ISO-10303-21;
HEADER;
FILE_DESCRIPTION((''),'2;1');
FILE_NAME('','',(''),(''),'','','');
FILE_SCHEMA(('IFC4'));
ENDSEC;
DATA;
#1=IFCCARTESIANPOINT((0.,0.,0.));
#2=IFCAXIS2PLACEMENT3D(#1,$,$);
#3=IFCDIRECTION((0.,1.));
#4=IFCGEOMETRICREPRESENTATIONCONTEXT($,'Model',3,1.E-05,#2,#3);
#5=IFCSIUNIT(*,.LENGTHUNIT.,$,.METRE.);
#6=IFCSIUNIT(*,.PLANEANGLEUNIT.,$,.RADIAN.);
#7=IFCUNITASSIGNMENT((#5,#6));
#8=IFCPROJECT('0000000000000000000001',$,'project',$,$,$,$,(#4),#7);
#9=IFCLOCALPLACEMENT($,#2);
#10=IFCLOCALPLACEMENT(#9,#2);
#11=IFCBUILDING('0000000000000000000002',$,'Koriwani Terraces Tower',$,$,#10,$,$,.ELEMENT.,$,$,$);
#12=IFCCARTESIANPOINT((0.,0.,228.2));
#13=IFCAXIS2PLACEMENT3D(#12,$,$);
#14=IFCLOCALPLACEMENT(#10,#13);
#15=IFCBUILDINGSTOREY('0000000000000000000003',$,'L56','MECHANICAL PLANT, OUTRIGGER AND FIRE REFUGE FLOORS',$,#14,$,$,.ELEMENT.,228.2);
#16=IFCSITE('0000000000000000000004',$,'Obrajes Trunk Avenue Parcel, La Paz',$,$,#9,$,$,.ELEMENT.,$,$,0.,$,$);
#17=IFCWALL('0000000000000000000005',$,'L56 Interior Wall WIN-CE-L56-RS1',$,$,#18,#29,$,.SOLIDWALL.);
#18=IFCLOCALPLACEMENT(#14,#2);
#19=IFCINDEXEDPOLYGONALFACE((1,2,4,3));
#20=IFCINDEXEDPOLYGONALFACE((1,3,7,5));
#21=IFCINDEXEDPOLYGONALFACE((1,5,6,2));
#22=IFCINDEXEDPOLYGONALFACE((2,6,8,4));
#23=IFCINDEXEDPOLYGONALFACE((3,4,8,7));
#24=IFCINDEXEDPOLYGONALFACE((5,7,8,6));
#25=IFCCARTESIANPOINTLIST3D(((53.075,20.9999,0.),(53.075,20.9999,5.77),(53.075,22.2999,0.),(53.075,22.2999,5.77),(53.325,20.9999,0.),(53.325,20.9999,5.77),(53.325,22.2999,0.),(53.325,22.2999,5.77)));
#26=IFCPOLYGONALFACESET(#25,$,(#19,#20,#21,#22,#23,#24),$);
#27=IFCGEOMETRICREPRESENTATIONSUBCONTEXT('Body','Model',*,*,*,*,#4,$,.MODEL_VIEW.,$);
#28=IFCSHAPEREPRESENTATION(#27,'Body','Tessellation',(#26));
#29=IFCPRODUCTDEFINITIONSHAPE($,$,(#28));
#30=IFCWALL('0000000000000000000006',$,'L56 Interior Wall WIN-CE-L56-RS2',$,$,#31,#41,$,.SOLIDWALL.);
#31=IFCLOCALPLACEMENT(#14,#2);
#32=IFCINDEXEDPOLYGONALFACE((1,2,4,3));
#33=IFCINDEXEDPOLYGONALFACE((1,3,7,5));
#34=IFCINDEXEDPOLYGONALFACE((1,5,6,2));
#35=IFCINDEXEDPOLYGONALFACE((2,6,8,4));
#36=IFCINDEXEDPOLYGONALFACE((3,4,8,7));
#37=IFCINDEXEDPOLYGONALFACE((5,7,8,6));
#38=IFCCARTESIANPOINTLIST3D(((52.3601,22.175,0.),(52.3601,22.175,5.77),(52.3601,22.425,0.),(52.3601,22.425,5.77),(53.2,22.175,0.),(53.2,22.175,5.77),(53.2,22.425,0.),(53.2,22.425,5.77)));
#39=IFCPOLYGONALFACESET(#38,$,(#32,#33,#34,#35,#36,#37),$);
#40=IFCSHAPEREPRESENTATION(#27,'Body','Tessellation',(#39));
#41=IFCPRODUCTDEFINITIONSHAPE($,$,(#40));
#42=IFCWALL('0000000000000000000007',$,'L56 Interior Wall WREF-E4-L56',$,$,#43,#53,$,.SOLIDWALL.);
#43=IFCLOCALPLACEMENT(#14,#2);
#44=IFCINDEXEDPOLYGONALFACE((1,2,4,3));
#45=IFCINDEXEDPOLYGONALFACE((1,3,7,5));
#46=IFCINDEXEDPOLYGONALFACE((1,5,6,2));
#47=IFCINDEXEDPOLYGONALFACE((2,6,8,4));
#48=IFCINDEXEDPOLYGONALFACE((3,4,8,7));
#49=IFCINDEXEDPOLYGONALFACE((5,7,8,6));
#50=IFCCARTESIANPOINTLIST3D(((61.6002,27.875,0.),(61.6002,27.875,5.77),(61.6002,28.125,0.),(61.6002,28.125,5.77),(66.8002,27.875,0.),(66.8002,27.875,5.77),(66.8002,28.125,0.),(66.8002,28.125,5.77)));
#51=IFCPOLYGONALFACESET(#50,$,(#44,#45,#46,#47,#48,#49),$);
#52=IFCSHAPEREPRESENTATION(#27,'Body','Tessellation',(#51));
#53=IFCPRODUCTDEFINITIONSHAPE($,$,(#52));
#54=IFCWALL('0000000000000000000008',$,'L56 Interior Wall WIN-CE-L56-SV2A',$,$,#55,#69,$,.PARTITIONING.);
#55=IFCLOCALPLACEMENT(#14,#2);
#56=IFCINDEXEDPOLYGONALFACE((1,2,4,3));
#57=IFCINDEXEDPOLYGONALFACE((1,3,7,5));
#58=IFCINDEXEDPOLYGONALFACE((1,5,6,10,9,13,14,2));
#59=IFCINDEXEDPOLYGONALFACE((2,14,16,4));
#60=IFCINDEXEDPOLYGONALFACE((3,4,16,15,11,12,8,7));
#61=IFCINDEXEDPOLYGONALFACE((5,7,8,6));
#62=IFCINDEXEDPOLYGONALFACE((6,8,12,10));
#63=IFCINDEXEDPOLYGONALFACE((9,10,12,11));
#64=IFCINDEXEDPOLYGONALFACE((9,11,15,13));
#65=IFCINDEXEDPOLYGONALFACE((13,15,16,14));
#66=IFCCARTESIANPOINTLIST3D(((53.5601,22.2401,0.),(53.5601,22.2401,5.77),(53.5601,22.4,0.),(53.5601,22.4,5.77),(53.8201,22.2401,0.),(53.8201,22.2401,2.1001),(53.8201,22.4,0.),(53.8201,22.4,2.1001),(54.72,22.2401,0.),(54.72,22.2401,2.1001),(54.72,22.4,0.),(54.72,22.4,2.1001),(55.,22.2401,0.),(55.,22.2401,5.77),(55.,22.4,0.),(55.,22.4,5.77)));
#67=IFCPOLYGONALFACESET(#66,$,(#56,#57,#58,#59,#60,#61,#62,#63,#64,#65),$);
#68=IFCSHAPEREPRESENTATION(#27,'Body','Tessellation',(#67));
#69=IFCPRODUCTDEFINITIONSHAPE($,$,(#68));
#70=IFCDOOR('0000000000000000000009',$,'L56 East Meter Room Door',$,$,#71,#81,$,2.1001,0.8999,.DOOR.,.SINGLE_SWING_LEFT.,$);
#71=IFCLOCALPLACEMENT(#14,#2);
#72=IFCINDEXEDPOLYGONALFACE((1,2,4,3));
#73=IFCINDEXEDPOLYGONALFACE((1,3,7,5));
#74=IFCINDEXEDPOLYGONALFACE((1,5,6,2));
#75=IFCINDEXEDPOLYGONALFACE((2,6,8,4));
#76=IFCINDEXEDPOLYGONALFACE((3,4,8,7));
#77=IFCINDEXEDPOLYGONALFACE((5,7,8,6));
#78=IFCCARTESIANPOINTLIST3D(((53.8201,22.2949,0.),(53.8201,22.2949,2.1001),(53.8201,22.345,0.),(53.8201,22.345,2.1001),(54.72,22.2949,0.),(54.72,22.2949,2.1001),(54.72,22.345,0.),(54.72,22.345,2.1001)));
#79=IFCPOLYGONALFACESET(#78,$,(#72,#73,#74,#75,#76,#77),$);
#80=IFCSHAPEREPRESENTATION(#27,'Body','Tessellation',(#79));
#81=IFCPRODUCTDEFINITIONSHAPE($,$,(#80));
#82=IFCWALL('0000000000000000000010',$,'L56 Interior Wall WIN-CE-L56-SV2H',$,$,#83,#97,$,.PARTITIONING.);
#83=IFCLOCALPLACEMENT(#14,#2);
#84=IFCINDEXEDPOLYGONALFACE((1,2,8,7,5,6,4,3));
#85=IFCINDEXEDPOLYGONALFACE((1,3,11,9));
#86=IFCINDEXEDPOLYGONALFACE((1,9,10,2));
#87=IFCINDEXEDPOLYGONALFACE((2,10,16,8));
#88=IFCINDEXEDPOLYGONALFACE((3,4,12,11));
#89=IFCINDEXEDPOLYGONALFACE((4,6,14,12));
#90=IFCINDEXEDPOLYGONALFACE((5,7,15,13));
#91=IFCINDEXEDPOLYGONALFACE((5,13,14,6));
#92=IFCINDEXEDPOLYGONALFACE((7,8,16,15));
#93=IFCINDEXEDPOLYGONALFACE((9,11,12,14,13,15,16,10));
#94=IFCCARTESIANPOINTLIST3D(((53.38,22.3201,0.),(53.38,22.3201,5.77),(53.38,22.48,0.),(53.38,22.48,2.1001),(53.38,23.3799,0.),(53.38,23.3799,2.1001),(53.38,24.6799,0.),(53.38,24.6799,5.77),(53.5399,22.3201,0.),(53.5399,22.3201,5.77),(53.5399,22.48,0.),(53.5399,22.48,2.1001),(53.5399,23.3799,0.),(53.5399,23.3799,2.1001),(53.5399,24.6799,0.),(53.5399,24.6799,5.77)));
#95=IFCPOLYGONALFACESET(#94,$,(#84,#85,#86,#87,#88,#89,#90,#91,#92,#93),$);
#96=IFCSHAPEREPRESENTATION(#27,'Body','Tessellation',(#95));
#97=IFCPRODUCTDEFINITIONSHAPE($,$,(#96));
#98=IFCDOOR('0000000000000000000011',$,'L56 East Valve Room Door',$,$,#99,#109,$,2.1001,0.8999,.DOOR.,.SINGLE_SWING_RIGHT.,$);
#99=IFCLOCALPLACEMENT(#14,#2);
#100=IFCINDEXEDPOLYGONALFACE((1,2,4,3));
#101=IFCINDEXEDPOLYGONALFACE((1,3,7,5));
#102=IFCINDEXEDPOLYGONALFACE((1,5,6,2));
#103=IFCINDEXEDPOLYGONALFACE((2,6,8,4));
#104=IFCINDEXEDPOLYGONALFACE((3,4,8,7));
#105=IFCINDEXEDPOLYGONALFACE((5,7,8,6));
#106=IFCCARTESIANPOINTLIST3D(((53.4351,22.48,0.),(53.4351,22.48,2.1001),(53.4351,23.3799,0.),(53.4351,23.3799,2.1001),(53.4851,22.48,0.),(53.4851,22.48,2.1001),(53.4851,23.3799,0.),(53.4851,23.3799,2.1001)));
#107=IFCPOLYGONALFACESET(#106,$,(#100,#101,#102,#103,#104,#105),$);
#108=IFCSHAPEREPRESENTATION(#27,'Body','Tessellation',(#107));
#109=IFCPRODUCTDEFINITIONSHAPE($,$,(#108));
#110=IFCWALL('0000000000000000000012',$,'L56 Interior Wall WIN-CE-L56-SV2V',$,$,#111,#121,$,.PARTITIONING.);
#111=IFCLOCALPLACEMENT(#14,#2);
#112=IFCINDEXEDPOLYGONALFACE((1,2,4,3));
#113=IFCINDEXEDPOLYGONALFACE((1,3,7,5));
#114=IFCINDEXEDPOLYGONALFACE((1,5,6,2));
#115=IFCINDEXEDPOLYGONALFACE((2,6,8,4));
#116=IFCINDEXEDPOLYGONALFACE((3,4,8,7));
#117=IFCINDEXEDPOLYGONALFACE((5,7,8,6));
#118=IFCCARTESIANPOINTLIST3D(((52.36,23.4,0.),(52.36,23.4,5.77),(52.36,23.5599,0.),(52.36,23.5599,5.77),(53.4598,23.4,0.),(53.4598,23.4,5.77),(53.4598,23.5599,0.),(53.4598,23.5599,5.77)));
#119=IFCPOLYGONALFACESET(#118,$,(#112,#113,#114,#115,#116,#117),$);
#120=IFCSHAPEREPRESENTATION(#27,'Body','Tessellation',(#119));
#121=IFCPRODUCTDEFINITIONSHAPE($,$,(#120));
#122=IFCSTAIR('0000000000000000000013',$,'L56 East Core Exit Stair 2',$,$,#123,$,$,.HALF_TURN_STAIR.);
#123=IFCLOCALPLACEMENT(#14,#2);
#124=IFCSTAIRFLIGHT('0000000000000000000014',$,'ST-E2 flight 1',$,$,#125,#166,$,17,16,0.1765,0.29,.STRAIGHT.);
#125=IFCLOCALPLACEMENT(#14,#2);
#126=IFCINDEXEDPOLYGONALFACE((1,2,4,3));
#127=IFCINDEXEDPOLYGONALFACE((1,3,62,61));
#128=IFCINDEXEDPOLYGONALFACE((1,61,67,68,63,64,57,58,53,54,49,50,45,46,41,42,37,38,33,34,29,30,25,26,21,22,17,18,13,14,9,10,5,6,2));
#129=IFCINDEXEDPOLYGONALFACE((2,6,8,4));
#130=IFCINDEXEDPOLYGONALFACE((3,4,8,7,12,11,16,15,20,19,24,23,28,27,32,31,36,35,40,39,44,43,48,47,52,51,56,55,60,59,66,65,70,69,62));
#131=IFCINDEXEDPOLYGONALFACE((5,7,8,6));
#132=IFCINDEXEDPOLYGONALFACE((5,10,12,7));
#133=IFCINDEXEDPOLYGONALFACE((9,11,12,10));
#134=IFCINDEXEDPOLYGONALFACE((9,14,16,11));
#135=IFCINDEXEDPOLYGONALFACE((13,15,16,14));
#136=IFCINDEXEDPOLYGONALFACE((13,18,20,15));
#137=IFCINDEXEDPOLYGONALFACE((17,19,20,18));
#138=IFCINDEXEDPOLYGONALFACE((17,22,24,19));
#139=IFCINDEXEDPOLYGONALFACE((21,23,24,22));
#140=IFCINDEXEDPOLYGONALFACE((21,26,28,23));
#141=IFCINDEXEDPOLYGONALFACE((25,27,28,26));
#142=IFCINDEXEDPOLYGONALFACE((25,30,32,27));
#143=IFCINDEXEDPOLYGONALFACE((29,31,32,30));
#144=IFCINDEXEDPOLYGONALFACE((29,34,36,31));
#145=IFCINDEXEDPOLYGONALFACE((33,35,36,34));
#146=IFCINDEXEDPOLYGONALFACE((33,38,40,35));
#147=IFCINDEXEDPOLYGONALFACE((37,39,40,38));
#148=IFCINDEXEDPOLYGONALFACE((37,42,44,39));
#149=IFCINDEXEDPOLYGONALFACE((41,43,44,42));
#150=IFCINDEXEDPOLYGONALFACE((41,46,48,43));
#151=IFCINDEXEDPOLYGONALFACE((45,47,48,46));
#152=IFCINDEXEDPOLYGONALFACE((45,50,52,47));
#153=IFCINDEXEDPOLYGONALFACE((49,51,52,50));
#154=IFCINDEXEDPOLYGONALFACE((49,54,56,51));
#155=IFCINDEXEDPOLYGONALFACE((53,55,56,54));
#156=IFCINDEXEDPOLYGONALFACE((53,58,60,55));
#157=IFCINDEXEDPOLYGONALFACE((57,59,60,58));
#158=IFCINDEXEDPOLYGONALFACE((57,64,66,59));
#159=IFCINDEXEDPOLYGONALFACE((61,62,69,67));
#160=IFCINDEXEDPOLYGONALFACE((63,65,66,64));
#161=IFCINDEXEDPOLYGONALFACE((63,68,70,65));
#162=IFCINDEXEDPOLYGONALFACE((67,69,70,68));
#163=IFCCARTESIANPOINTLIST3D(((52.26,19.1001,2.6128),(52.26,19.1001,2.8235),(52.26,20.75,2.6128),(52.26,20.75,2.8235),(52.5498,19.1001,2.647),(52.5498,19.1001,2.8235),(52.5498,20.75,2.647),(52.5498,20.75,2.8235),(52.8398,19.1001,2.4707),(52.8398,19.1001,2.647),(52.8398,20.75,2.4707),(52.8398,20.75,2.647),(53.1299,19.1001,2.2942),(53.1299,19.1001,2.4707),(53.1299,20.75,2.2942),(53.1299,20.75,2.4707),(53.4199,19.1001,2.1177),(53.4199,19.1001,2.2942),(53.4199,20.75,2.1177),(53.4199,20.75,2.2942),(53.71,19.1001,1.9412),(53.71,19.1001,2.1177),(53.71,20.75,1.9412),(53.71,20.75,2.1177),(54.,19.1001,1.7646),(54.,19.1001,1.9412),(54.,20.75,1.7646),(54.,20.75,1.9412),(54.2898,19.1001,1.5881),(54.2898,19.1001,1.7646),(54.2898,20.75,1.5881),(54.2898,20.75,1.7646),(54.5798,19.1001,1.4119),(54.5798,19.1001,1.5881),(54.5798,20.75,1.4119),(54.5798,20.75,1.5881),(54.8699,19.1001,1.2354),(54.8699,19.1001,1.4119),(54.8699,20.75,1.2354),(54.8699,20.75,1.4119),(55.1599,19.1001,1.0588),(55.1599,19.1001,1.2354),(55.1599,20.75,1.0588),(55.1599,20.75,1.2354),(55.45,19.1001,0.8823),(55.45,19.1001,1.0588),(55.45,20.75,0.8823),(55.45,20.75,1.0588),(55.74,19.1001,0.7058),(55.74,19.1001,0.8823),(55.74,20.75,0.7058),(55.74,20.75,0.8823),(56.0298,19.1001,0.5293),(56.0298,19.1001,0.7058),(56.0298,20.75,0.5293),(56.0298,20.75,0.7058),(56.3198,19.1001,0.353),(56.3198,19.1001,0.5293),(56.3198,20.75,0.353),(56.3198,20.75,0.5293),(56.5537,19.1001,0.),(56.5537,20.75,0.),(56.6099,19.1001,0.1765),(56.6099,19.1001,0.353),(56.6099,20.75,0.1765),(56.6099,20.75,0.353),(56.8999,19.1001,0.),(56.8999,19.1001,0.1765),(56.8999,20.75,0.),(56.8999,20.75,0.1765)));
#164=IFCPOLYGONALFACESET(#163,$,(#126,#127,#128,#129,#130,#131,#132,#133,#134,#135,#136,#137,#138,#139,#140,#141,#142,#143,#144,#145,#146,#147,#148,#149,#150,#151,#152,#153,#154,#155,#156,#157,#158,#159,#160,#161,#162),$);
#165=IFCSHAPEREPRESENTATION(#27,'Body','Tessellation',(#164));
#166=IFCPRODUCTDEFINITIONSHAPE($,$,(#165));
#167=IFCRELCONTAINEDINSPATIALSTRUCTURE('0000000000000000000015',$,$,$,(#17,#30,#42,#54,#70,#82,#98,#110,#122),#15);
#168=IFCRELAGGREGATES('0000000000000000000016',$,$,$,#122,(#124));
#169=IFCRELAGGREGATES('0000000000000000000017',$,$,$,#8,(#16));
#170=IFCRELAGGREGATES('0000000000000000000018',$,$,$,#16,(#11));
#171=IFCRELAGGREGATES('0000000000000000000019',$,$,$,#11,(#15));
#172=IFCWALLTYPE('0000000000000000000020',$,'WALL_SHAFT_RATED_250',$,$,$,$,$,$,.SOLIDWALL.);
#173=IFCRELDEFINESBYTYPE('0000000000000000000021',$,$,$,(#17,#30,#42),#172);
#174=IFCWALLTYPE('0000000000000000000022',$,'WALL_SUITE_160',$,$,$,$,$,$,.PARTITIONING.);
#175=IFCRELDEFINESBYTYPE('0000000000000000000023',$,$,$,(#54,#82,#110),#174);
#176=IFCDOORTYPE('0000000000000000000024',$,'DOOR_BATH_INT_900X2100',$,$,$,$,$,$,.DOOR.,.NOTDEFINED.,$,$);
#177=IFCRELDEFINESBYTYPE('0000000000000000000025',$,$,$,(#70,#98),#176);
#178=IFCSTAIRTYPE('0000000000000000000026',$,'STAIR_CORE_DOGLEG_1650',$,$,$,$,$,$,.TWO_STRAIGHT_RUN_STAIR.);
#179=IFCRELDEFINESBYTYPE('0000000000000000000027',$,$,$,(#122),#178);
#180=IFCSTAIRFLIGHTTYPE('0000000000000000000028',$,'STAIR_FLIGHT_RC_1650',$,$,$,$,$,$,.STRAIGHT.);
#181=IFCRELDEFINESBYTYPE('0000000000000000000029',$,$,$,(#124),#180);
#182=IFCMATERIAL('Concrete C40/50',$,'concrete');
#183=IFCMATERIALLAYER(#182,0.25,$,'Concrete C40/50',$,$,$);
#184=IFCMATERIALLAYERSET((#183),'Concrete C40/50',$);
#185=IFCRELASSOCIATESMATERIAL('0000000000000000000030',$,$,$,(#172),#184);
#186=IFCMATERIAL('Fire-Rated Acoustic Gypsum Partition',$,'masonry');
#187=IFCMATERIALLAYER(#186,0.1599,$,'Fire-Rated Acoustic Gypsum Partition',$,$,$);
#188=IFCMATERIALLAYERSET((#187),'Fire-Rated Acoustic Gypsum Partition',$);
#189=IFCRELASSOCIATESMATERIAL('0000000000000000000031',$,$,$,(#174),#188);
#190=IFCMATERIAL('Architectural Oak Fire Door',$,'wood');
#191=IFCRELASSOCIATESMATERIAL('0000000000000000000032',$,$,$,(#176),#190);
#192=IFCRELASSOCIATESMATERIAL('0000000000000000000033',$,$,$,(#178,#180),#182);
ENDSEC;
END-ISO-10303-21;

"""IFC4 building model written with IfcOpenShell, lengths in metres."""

from ifc_helpers import new_model, si_unit, direction, frame, frame_2d, origin, place, context, subcontext, project, spatial, polyline, rectangle, outline, extrude, material, layer, layer_set, type_object, element, fill, aggregate, save


model = new_model("IFC4")

# Units and contexts
model_context = context("Model", 3, precision=1e-05, world=origin(), true_north=direction((0.0, 1.0)))
body_context = subcontext(model_context, "Body", "Model", "MODEL_VIEW")
ifc_project = project(units=[si_unit("LENGTHUNIT", "METRE"), si_unit("PLANEANGLEUNIT", "RADIAN")], contexts=[model_context])

# Site, building, storey
site_placement = place(None, origin())
site = spatial("IfcSite", under=ifc_project, at=site_placement, Name="Obrajes Trunk Avenue Parcel, La Paz", CompositionType="ELEMENT", RefElevation=0.0)
building_placement = place(site_placement, origin())
building = spatial("IfcBuilding", under=site, at=building_placement, Name="Koriwani Terraces Tower", CompositionType="ELEMENT")
storey_placement = place(building_placement, frame((0.0, 0.0, 228.2)))
storey = spatial("IfcBuildingStorey", under=building, at=storey_placement, Name="L56", Description="MECHANICAL PLANT, OUTRIGGER AND FIRE REFUGE FLOORS", CompositionType="ELEMENT", Elevation=228.2)

# Shared definitions
ifc_material_1 = material(Name="Concrete C40/50", Category="concrete")
ifc_layer_1 = layer(ifc_material_1, 0.25, Name="Concrete C40/50")
ifc_layer_set_1 = layer_set([ifc_layer_1], Name="Concrete C40/50")
wall_type_1 = type_object("IfcWallType", Name="WALL_SHAFT_RATED_250", PredefinedType="SOLIDWALL", material=ifc_layer_set_1)

# Walls
wall_1_placement = place(storey_placement, frame((53.2, 21.0, 0.0), z_axis=(0.0, 0.0, 1.0), x_axis=(0.0, 1.0, 0.0)))
element("IfcWall", 1, at=wall_1_placement, inside=storey, type_object=wall_type_1, Name="L56 Interior Wall WIN-CE-L56-RS1", PredefinedType="SOLIDWALL", context=body_context, shape_type="SweptSolid", body=[
    extrude(rectangle(XDim=1.3, YDim=0.25, at=frame_2d((0.6499, 0.0))), origin(), (0.0, 0.0, 1.0), 5.77),
])
wall_2_placement = place(storey_placement, frame((52.3601, 22.3, 0.0), z_axis=(0.0, 0.0, 1.0), x_axis=(1.0, 0.0, 0.0)))
element("IfcWall", 2, at=wall_2_placement, inside=storey, type_object=wall_type_1, Name="L56 Interior Wall WIN-CE-L56-RS2", PredefinedType="SOLIDWALL", context=body_context, shape_type="SweptSolid", body=[
    extrude(rectangle(XDim=0.8398, YDim=0.25, at=frame_2d((0.4199, 0.0))), origin(), (0.0, 0.0, 1.0), 5.77),
])
wall_3_placement = place(storey_placement, frame((61.6001, 28.0, 0.0), z_axis=(0.0, 0.0, 1.0), x_axis=(1.0, 0.0, 0.0)))
element("IfcWall", 3, at=wall_3_placement, inside=storey, type_object=wall_type_1, Name="L56 Interior Wall WREF-E4-L56", PredefinedType="SOLIDWALL", context=body_context, shape_type="SweptSolid", body=[
    extrude(rectangle(XDim=5.2, YDim=0.25, at=frame_2d((2.6001, 0.0))), origin(), (0.0, 0.0, 1.0), 5.77),
])

# Walls, openings, doors
ifc_material_2 = material(Name="Fire-Rated Acoustic Gypsum Partition", Category="masonry")
ifc_layer_2 = layer(ifc_material_2, 0.1599, Name="Fire-Rated Acoustic Gypsum Partition")
ifc_layer_set_2 = layer_set([ifc_layer_2], Name="Fire-Rated Acoustic Gypsum Partition")
wall_type_2 = type_object("IfcWallType", Name="WALL_SUITE_160", PredefinedType="PARTITIONING", material=ifc_layer_set_2)
wall_4_placement = place(storey_placement, frame((53.5601, 22.3201, 0.0), z_axis=(0.0, 0.0, 1.0), x_axis=(1.0, 0.0, 0.0)))
wall_4 = element("IfcWall", 4, at=wall_4_placement, inside=storey, type_object=wall_type_2, Name="L56 Interior Wall WIN-CE-L56-SV2A", PredefinedType="PARTITIONING", context=body_context, shape_type="SweptSolid", body=[
    extrude(rectangle(XDim=1.4399, YDim=0.1599, at=frame_2d((0.72, 0.0))), origin(), (0.0, 0.0, 1.0), 5.77),
])
opening_1_placement = place(wall_4_placement, frame((0.26, 0.0, 0.0)))
opening_1 = element("IfcOpeningElement", 5, at=opening_1_placement, cuts=wall_4, PredefinedType="OPENING", context=body_context, shape_type="SweptSolid", body=[
    extrude(rectangle(XDim=0.8999, YDim=2.1001, at=frame_2d((0.45, 1.05))), frame((0.0, 0.0898, 0.0), z_axis=(0.0, -1.0, 0.0), x_axis=(1.0, 0.0, 0.0)), (0.0, 0.0, 1.0), 0.1799),
])
ifc_material_3 = material(Name="Architectural Oak Fire Door", Category="wood")
door_type_1 = type_object("IfcDoorType", Name="DOOR_BATH_INT_900X2100", OperationType="NOTDEFINED", PredefinedType="DOOR", material=ifc_material_3)
door_1_placement = place(opening_1_placement, origin())
door_1 = element("IfcDoor", 6, at=door_1_placement, inside=storey, type_object=door_type_1, Name="L56 East Meter Room Door", OperationType="SINGLE_SWING_LEFT", OverallHeight=2.1001, OverallWidth=0.8999, PredefinedType="DOOR", context=body_context, shape_type="SweptSolid", body=[
    extrude(rectangle(XDim=0.8999, YDim=2.1001, at=frame_2d((0.45, 1.05))), frame((0.0, 0.0249, 0.0), z_axis=(0.0, -1.0, 0.0), x_axis=(1.0, 0.0, 0.0)), (0.0, 0.0, 1.0), 0.05),
])
fill(opening_1, door_1)
wall_5_placement = place(storey_placement, frame((53.46, 22.3201, 0.0), z_axis=(0.0, 0.0, 1.0), x_axis=(0.0, 1.0, 0.0)))
wall_5 = element("IfcWall", 7, at=wall_5_placement, inside=storey, type_object=wall_type_2, Name="L56 Interior Wall WIN-CE-L56-SV2H", PredefinedType="PARTITIONING", context=body_context, shape_type="SweptSolid", body=[
    extrude(rectangle(XDim=2.3599, YDim=0.1599, at=frame_2d((1.1799, 0.0))), origin(), (0.0, 0.0, 1.0), 5.77),
])
opening_2_placement = place(wall_5_placement, frame((0.1599, 0.0, 0.0)))
opening_2 = element("IfcOpeningElement", 8, at=opening_2_placement, cuts=wall_5, PredefinedType="OPENING", context=body_context, shape_type="SweptSolid", body=[
    extrude(rectangle(XDim=0.8999, YDim=2.1001, at=frame_2d((0.45, 1.05))), frame((0.0, 0.0898, 0.0), z_axis=(0.0, -1.0, 0.0), x_axis=(1.0, 0.0, 0.0)), (0.0, 0.0, 1.0), 0.1799),
])
door_2_placement = place(opening_2_placement, origin())
door_2 = element("IfcDoor", 9, at=door_2_placement, inside=storey, type_object=door_type_1, Name="L56 East Valve Room Door", OperationType="SINGLE_SWING_RIGHT", OverallHeight=2.1001, OverallWidth=0.8999, PredefinedType="DOOR", context=body_context, shape_type="SweptSolid", body=[
    extrude(rectangle(XDim=0.8999, YDim=2.1001, at=frame_2d((0.45, 1.05))), frame((0.0, 0.0249, 0.0), z_axis=(0.0, -1.0, 0.0), x_axis=(1.0, 0.0, 0.0)), (0.0, 0.0, 1.0), 0.05),
])
fill(opening_2, door_2)

# Wall
wall_6_placement = place(storey_placement, frame((52.3601, 23.48, 0.0), z_axis=(0.0, 0.0, 1.0), x_axis=(1.0, 0.0, 0.0)))
element("IfcWall", 10, at=wall_6_placement, inside=storey, type_object=wall_type_2, Name="L56 Interior Wall WIN-CE-L56-SV2V", PredefinedType="PARTITIONING", context=body_context, shape_type="SweptSolid", body=[
    extrude(rectangle(XDim=1.0999, YDim=0.1599, at=frame_2d((0.5498, 0.0))), origin(), (0.0, 0.0, 1.0), 5.77),
])

# Stair, stair flight
stair_type = type_object("IfcStairType", Name="STAIR_CORE_DOGLEG_1650", PredefinedType="TWO_STRAIGHT_RUN_STAIR", material=ifc_material_1)
stair_placement = place(storey_placement, origin())
stair = element("IfcStair", 11, at=stair_placement, inside=storey, type_object=stair_type, Name="L56 East Core Exit Stair 2", PredefinedType="HALF_TURN_STAIR")
stair_flight_type = type_object("IfcStairFlightType", Name="STAIR_FLIGHT_RC_1650", PredefinedType="STRAIGHT", material=ifc_material_1)
stair_flight_placement = place(storey_placement, frame((56.8999, 19.925, 0.0), z_axis=(0.0, 0.0, 1.0), x_axis=(-1.0, 0.0, 0.0)))
stair_flight = element("IfcStairFlight", 12, at=stair_flight_placement, type_object=stair_flight_type, Name="ST-E2 flight 1", NumberOfRisers=17, NumberOfTreads=16, PredefinedType="STRAIGHT", RiserHeight=0.1765, TreadLength=0.29, context=body_context, shape_type="SweptSolid", body=[
    extrude(outline(polyline([(0.0, 0.0), (0.0, 0.1765), (0.29, 0.1765), (0.29, 0.353), (0.5801, 0.353), (0.5801, 0.5293), (0.8701, 0.5293), (0.8701, 0.7058), (1.1599, 0.7058), (1.1599, 0.8823), (1.45, 0.8823), (1.45, 1.0588), (1.74, 1.0588), (1.74, 1.2354), (2.03, 1.2354), (2.03, 1.4119), (2.3201, 1.4119), (2.3201, 1.5881), (2.6101, 1.5881), (2.6101, 1.7646), (2.8999, 1.7646), (2.8999, 1.9412), (3.1899, 1.9412), (3.1899, 2.1177), (3.48, 2.1177), (3.48, 2.2942), (3.77, 2.2942), (3.77, 2.4707), (4.0601, 2.4707), (4.0601, 2.647), (4.3501, 2.647), (4.3501, 2.8235), (4.6399, 2.8235), (4.6399, 3.0), (4.6399, 2.6128), (0.3462, 0.0), (0.0, 0.0)])), frame((0.0, 0.825, 0.0), z_axis=(0.0, -1.0, 0.0), x_axis=(1.0, 0.0, 0.0)), (0.0, 0.0, 1.0), 1.6499),
])
aggregate(stair, [stair_flight])

save(model, "model.ifc")
